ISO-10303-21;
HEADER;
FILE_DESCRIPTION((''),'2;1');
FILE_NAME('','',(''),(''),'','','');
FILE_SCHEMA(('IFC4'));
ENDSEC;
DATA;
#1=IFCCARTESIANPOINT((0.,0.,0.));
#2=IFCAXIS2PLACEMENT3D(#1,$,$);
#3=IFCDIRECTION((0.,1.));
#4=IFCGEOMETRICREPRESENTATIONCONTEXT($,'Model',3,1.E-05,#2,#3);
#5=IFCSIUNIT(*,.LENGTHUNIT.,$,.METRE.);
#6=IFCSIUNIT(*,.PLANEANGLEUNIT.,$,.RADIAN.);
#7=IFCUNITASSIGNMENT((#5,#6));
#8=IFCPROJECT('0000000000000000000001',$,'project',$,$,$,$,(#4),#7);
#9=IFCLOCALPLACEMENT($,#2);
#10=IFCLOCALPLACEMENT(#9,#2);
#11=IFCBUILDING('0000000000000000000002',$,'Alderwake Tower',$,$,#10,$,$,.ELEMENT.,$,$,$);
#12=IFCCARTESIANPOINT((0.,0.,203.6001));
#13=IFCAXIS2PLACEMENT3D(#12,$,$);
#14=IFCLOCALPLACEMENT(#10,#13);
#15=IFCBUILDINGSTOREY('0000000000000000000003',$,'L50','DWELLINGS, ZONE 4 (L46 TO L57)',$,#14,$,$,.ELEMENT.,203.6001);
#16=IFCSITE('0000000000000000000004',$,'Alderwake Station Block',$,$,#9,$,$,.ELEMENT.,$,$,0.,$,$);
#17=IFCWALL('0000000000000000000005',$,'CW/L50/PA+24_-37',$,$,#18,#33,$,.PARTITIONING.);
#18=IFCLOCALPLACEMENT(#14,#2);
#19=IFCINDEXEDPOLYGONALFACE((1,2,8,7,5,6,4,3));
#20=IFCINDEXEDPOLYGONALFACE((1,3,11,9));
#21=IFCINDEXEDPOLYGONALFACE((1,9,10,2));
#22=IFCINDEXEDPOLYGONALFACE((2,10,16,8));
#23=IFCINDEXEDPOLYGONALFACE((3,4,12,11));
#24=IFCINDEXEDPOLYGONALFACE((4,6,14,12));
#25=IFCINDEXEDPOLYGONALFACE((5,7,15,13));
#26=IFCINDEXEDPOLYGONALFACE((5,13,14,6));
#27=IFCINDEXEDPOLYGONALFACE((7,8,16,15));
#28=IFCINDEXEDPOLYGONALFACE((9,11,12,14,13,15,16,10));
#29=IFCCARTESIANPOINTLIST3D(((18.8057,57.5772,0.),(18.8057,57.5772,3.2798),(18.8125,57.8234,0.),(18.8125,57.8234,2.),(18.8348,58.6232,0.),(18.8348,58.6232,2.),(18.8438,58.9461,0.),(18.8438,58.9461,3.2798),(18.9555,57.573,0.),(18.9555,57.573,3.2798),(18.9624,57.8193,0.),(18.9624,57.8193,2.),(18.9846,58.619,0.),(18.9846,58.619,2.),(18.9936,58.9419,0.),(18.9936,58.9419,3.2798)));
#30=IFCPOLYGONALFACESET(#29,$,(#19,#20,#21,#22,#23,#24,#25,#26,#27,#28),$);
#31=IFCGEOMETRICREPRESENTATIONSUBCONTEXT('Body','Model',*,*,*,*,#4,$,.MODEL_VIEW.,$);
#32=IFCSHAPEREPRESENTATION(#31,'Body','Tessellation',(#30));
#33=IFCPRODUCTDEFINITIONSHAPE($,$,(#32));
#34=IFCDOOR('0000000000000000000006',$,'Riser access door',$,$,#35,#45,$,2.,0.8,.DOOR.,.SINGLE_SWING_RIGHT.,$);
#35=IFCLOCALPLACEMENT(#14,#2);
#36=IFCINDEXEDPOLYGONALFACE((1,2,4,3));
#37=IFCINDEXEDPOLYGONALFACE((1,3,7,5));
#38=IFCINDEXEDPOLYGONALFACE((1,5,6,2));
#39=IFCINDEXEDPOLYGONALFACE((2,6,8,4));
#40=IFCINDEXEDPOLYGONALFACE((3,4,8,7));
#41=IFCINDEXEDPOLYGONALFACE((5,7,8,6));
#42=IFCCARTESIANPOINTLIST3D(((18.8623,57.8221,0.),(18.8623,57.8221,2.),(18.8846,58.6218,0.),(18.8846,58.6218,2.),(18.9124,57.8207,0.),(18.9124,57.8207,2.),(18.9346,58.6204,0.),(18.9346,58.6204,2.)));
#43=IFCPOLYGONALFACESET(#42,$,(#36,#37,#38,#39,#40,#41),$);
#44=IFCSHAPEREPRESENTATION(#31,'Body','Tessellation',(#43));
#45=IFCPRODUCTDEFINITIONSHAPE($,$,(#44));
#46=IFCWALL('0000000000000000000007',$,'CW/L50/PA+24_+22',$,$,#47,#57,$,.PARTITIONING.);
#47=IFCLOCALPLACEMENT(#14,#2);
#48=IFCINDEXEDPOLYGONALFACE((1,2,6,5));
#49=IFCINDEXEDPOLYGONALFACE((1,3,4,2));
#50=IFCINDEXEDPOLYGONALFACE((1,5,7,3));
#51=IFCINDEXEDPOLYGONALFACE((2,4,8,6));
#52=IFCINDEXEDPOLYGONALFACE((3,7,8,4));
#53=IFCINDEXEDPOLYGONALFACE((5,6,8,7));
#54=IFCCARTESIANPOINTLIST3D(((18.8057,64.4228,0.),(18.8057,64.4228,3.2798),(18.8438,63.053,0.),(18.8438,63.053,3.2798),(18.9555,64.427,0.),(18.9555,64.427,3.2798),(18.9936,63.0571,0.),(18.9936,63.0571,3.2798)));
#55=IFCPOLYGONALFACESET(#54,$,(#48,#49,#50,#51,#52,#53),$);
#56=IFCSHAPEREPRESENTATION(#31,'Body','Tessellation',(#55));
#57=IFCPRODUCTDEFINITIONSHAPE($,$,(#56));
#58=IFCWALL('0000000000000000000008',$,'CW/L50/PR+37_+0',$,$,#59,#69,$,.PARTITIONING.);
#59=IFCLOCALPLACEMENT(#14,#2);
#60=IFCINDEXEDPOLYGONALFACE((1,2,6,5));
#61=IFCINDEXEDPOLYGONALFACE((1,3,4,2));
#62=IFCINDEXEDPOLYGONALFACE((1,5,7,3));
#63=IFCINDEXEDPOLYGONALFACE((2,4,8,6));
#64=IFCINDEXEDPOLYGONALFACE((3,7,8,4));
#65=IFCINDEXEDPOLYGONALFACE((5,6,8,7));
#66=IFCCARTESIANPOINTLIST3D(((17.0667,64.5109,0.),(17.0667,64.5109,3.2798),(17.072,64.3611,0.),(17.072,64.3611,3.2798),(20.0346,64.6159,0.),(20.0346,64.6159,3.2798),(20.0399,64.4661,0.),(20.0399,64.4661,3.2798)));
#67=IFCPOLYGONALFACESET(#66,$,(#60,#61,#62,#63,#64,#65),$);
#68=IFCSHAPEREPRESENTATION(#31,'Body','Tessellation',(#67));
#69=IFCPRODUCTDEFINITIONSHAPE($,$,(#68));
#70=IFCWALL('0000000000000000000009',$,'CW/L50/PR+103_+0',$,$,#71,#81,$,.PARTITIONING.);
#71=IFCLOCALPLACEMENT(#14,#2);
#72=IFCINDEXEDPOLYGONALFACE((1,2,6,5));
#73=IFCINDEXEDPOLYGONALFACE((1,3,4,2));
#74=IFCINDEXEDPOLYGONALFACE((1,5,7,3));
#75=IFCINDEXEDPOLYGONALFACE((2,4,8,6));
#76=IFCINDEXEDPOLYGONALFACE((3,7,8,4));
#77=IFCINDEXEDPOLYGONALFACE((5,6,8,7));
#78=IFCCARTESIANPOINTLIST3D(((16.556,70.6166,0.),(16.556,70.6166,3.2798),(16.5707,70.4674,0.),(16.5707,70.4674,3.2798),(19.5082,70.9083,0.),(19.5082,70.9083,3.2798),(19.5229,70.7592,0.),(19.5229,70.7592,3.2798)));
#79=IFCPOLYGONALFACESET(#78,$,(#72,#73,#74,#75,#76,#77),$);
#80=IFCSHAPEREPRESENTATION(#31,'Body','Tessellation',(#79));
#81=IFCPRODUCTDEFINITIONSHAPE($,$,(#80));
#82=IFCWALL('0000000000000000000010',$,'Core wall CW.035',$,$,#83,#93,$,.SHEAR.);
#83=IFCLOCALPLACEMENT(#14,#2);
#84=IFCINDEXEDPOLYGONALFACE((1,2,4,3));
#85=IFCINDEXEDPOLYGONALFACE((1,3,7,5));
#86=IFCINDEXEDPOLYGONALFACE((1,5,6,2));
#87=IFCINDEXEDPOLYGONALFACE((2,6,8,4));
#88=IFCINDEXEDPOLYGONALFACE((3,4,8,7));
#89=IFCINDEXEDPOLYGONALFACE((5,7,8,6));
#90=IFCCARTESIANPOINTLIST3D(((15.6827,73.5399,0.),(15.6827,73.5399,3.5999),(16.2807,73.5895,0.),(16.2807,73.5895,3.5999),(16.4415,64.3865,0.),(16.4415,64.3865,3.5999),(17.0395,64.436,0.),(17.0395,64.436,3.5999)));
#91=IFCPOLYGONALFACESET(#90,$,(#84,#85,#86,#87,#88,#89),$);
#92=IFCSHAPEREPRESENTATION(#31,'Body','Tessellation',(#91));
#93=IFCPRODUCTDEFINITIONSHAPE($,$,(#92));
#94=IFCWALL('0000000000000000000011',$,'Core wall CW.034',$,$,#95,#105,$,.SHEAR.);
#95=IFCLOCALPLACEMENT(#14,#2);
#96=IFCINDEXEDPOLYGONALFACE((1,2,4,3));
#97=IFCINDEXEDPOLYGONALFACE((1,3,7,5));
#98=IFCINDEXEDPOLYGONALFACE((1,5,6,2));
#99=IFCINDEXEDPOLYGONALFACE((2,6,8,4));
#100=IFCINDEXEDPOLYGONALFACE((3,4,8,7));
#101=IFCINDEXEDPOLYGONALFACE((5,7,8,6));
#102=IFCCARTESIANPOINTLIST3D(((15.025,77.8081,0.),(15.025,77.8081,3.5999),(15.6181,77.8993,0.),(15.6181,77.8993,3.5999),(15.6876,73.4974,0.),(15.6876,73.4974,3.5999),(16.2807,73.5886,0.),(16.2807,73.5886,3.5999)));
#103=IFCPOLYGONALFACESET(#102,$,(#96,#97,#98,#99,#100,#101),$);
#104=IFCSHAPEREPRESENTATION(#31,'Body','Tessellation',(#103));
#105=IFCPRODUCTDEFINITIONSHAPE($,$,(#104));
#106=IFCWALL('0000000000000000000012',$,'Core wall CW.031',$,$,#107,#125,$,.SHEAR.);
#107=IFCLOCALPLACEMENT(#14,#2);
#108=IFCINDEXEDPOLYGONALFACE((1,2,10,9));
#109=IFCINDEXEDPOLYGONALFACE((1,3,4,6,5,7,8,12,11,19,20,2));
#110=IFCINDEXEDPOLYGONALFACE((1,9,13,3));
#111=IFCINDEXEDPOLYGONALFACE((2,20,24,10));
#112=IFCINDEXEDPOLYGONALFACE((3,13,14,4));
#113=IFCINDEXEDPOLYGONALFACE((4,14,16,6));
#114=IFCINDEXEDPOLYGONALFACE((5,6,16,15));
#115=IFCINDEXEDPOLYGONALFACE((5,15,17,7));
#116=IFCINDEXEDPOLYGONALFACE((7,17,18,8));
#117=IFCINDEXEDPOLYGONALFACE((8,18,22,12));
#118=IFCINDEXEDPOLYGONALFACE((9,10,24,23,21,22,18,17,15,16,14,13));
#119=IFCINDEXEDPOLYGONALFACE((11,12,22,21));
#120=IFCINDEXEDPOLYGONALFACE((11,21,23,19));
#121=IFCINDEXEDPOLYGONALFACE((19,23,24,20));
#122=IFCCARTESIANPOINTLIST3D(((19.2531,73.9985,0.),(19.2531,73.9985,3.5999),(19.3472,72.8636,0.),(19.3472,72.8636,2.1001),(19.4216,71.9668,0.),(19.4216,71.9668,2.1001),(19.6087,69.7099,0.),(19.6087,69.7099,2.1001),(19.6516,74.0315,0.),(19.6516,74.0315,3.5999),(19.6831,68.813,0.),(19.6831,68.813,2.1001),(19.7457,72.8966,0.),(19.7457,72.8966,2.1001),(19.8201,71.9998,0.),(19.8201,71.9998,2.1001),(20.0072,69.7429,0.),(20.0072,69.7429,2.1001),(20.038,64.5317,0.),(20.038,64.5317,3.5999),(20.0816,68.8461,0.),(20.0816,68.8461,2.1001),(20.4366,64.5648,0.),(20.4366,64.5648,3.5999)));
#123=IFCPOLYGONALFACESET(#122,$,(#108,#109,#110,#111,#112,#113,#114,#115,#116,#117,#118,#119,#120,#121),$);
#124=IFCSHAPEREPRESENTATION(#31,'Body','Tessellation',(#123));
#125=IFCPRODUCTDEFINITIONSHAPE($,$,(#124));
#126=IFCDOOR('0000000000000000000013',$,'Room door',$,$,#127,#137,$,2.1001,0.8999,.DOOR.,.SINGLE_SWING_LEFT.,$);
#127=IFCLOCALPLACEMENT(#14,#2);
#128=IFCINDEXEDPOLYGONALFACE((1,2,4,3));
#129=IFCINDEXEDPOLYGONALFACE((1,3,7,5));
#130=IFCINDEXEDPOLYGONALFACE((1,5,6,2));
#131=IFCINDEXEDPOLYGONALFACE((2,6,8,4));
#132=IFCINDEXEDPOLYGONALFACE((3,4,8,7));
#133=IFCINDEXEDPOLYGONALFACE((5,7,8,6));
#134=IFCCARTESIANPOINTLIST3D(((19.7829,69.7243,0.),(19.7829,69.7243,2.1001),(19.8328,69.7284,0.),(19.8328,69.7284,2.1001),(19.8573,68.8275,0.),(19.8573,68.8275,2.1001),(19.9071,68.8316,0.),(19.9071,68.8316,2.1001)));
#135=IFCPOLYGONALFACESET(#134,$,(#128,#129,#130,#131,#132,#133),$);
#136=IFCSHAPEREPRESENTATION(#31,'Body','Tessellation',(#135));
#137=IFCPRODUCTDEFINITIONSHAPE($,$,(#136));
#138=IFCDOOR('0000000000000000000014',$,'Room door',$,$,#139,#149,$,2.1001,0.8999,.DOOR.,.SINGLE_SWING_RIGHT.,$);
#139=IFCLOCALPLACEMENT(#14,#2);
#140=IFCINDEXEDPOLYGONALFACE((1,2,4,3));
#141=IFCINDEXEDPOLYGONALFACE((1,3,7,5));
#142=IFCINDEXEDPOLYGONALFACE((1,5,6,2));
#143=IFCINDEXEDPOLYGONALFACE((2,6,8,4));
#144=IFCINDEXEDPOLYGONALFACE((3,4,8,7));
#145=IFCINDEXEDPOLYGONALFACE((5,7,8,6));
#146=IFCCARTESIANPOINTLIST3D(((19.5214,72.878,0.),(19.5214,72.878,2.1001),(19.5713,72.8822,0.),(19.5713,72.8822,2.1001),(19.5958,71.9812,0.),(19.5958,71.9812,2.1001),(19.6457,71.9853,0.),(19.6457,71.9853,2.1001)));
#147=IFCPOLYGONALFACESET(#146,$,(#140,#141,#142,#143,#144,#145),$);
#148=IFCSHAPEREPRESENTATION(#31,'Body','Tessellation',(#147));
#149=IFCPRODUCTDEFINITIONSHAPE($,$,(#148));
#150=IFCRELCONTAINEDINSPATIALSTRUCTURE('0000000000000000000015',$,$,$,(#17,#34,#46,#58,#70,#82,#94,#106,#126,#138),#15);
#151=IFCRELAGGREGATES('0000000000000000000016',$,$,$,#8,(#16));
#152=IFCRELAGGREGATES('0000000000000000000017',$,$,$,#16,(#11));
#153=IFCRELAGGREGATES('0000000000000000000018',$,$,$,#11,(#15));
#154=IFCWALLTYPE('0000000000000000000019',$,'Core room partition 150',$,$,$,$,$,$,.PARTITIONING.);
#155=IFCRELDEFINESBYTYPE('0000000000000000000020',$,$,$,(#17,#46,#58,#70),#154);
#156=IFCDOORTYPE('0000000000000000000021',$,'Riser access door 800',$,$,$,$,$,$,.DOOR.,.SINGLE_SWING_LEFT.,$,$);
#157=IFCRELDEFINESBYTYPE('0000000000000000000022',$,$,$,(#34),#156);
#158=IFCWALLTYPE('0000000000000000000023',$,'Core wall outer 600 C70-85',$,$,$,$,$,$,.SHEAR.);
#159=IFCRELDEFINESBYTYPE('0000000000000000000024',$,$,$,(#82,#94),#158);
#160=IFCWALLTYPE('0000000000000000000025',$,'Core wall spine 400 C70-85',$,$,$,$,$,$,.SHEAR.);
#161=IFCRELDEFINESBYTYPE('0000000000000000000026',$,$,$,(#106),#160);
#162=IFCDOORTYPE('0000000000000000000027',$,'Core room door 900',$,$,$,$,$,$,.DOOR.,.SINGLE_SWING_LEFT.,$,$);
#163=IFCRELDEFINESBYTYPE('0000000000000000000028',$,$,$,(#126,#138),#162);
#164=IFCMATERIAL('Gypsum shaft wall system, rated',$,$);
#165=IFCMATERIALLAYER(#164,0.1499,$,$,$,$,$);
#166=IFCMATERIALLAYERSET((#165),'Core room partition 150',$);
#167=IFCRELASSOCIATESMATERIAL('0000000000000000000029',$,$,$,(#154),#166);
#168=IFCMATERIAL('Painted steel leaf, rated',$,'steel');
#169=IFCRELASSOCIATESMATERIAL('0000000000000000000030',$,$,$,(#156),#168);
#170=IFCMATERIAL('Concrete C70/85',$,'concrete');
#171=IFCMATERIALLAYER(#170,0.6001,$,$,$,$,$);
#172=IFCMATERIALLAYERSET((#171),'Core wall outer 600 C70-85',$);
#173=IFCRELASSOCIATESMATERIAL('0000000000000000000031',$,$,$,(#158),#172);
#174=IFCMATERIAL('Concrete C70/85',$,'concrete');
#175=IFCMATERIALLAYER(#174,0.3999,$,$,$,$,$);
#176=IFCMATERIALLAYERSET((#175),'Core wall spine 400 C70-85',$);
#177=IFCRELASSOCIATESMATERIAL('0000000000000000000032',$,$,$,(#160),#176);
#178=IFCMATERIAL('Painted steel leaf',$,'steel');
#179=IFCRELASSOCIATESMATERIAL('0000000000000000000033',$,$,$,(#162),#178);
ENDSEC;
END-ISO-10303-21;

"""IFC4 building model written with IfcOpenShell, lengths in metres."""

from ifc_helpers import new_model, si_unit, direction, frame, frame_2d, origin, place, context, subcontext, project, spatial, rectangle, extrude, material, layer, layer_set, type_object, element, fill, save


model = new_model("IFC4")

# Units and contexts
model_context = context("Model", 3, precision=1e-05, world=origin(), true_north=direction((0.0, 1.0)))
body_context = subcontext(model_context, "Body", "Model", "MODEL_VIEW")
ifc_project = project(units=[si_unit("LENGTHUNIT", "METRE"), si_unit("PLANEANGLEUNIT", "RADIAN")], contexts=[model_context])

# Site, building, storey
site_placement = place(None, origin())
site = spatial("IfcSite", under=ifc_project, at=site_placement, Name="Alderwake Station Block", CompositionType="ELEMENT", RefElevation=0.0)
building_placement = place(site_placement, origin())
building = spatial("IfcBuilding", under=site, at=building_placement, Name="Alderwake Tower", CompositionType="ELEMENT")
storey_placement = place(building_placement, frame((0.0, 0.0, 203.6001)))
storey = spatial("IfcBuildingStorey", under=building, at=storey_placement, Name="L50", Description="DWELLINGS, ZONE 4 (L46 TO L57)", CompositionType="ELEMENT", Elevation=203.6001)

# Wall, opening, door
ifc_material_1 = material(Name="Gypsum shaft wall system, rated")
ifc_layer_1 = layer(ifc_material_1, 0.1499)
ifc_layer_set_1 = layer_set([ifc_layer_1], Name="Core room partition 150")
wall_type_1 = type_object("IfcWallType", Name="Core room partition 150", PredefinedType="PARTITIONING", material=ifc_layer_set_1)
wall_1_placement = place(storey_placement, frame((18.9187, 58.9438, 0.0), z_axis=(0.0, 0.0, 1.0), x_axis=(-0.027812, -0.999613, 0.0)))
wall_1 = element("IfcWall", 1, at=wall_1_placement, inside=storey, type_object=wall_type_1, Name="CW/L50/PA+24_-37", PredefinedType="PARTITIONING", context=body_context, shape_type="SweptSolid", body=[
    extrude(rectangle(XDim=1.3694, YDim=0.1499, at=frame_2d((0.6846, 0.0))), origin(), (0.0, 0.0, 1.0), 3.2798),
])
opening_1_placement = place(wall_1_placement, frame((0.323, 0.0, 0.0)))
opening_1 = element("IfcOpeningElement", 2, at=opening_1_placement, cuts=wall_1, PredefinedType="OPENING", context=body_context, shape_type="SweptSolid", body=[
    extrude(rectangle(XDim=0.8, YDim=2.0, at=frame_2d((0.3999, 1.0))), frame((0.0, 0.085, 0.0), z_axis=(0.0, -1.0, 0.0), x_axis=(1.0, 0.0, 0.0)), (0.0, 0.0, 1.0), 0.1699),
])
ifc_material_2 = material(Name="Painted steel leaf, rated", Category="steel")
door_type_1 = type_object("IfcDoorType", Name="Riser access door 800", OperationType="SINGLE_SWING_LEFT", PredefinedType="DOOR", material=ifc_material_2)
door_1_placement = place(opening_1_placement, origin())
door_1 = element("IfcDoor", 3, at=door_1_placement, inside=storey, type_object=door_type_1, Name="Riser access door", OperationType="SINGLE_SWING_RIGHT", OverallHeight=2.0, OverallWidth=0.8, PredefinedType="DOOR", context=body_context, shape_type="SweptSolid", body=[
    extrude(rectangle(XDim=0.8, YDim=2.0, at=frame_2d((0.3999, 1.0))), frame((0.0, 0.0249, 0.0), z_axis=(0.0, -1.0, 0.0), x_axis=(1.0, 0.0, 0.0)), (0.0, 0.0, 1.0), 0.05),
])
fill(opening_1, door_1)

# Walls
wall_2_placement = place(storey_placement, frame((18.9187, 63.0552, 0.0), z_axis=(0.0, 0.0, 1.0), x_axis=(-0.027792, 0.999614, 0.0)))
element("IfcWall", 4, at=wall_2_placement, inside=storey, type_object=wall_type_1, Name="CW/L50/PA+24_+22", PredefinedType="PARTITIONING", context=body_context, shape_type="SweptSolid", body=[
    extrude(rectangle(XDim=1.3704, YDim=0.1499, at=frame_2d((0.6851, 0.0))), origin(), (0.0, 0.0, 1.0), 3.2798),
])
wall_3_placement = place(storey_placement, frame((17.0693, 64.436, 0.0), z_axis=(0.0, 0.0, 1.0), x_axis=(0.999375, 0.035351, 0.0)))
element("IfcWall", 5, at=wall_3_placement, inside=storey, type_object=wall_type_1, Name="CW/L50/PR+37_+0", PredefinedType="PARTITIONING", context=body_context, shape_type="SweptSolid", body=[
    extrude(rectangle(XDim=2.9697, YDim=0.1499, at=frame_2d((1.4849, 0.0))), origin(), (0.0, 0.0, 1.0), 3.2798),
])
wall_4_placement = place(storey_placement, frame((16.5632, 70.542, 0.0), z_axis=(0.0, 0.0, 1.0), x_axis=(0.995152, 0.098347, 0.0)))
element("IfcWall", 6, at=wall_4_placement, inside=storey, type_object=wall_type_1, Name="CW/L50/PR+103_+0", PredefinedType="PARTITIONING", context=body_context, shape_type="SweptSolid", body=[
    extrude(rectangle(XDim=2.9666, YDim=0.1499, at=frame_2d((1.4834, 0.0))), origin(), (0.0, 0.0, 1.0), 3.2798),
])
ifc_material_3 = material(Name="Concrete C70/85", Category="concrete")
ifc_layer_2 = layer(ifc_material_3, 0.6001)
ifc_layer_set_2 = layer_set([ifc_layer_2], Name="Core wall outer 600 C70-85")
wall_type_2 = type_object("IfcWallType", Name="Core wall outer 600 C70-85", PredefinedType="SHEAR", material=ifc_layer_set_2)
wall_5_placement = place(storey_placement, frame((16.7405, 64.4114, 0.0), z_axis=(0.0, 0.0, 1.0), x_axis=(-0.082614, 0.996582, 0.0)))
element("IfcWall", 7, at=wall_5_placement, inside=storey, type_object=wall_type_2, Name="Core wall CW.035", PredefinedType="SHEAR", context=body_context, shape_type="SweptSolid", body=[
    extrude(rectangle(XDim=9.1848, YDim=0.6001, at=frame_2d((4.5923, 0.0))), origin(), (0.0, 0.0, 1.0), 3.5999),
])
wall_6_placement = place(storey_placement, frame((15.9841, 73.543, 0.0), z_axis=(0.0, 0.0, 1.0), x_axis=(-0.151923, 0.988392, 0.0)))
element("IfcWall", 8, at=wall_6_placement, inside=storey, type_object=wall_type_2, Name="Core wall CW.034", PredefinedType="SHEAR", context=body_context, shape_type="SweptSolid", body=[
    extrude(rectangle(XDim=4.3613, YDim=0.6001, at=frame_2d((2.1807, 0.0))), origin(), (0.0, 0.0, 1.0), 3.5999),
])

# Wall, openings, doors
ifc_material_4 = material(Name="Concrete C70/85", Category="concrete")
ifc_layer_3 = layer(ifc_material_4, 0.3999)
ifc_layer_set_3 = layer_set([ifc_layer_3], Name="Core wall spine 400 C70-85")
wall_type_3 = type_object("IfcWallType", Name="Core wall spine 400 C70-85", PredefinedType="SHEAR", material=ifc_layer_set_3)
wall_7_placement = place(storey_placement, frame((19.4524, 74.0149, 0.0), z_axis=(0.0, 0.0, 1.0), x_axis=(0.082629, -0.99658, 0.0)))
wall_7 = element("IfcWall", 9, at=wall_7_placement, inside=storey, type_object=wall_type_3, Name="Core wall CW.031", PredefinedType="SHEAR", context=body_context, shape_type="SweptSolid", body=[
    extrude(rectangle(XDim=9.4993, YDim=0.3999, at=frame_2d((4.7495, 0.0))), origin(), (0.0, 0.0, 1.0), 3.5999),
])
opening_2_placement = place(wall_7_placement, frame((4.3032, 0.0, 0.0)))
opening_2 = element("IfcOpeningElement", 10, at=opening_2_placement, cuts=wall_7, PredefinedType="OPENING", context=body_context, shape_type="SweptSolid", body=[
    extrude(rectangle(XDim=0.8999, YDim=2.1001, at=frame_2d((0.45, 1.05))), frame((0.0, 0.21, 0.0), z_axis=(0.0, -1.0, 0.0), x_axis=(1.0, 0.0, 0.0)), (0.0, 0.0, 1.0), 0.4199),
])
opening_3_placement = place(wall_7_placement, frame((1.1387, 0.0, 0.0)))
opening_3 = element("IfcOpeningElement", 11, at=opening_3_placement, cuts=wall_7, PredefinedType="OPENING", context=body_context, shape_type="SweptSolid", body=[
    extrude(rectangle(XDim=0.8999, YDim=2.1001, at=frame_2d((0.45, 1.05))), frame((0.0, 0.21, 0.0), z_axis=(0.0, -1.0, 0.0), x_axis=(1.0, 0.0, 0.0)), (0.0, 0.0, 1.0), 0.4199),
])
ifc_material_5 = material(Name="Painted steel leaf", Category="steel")
door_type_2 = type_object("IfcDoorType", Name="Core room door 900", OperationType="SINGLE_SWING_LEFT", PredefinedType="DOOR", material=ifc_material_5)
door_2_placement = place(opening_2_placement, origin())
door_2 = element("IfcDoor", 12, at=door_2_placement, inside=storey, type_object=door_type_2, Name="Room door", OperationType="SINGLE_SWING_LEFT", OverallHeight=2.1001, OverallWidth=0.8999, PredefinedType="DOOR", context=body_context, shape_type="SweptSolid", body=[
    extrude(rectangle(XDim=0.8999, YDim=2.1001, at=frame_2d((0.45, 1.05))), frame((0.0, 0.0249, 0.0), z_axis=(0.0, -1.0, 0.0), x_axis=(1.0, 0.0, 0.0)), (0.0, 0.0, 1.0), 0.05),
])
fill(opening_2, door_2)
door_3_placement = place(opening_3_placement, origin())
door_3 = element("IfcDoor", 13, at=door_3_placement, inside=storey, type_object=door_type_2, Name="Room door", OperationType="SINGLE_SWING_RIGHT", OverallHeight=2.1001, OverallWidth=0.8999, PredefinedType="DOOR", context=body_context, shape_type="SweptSolid", body=[
    extrude(rectangle(XDim=0.8999, YDim=2.1001, at=frame_2d((0.45, 1.05))), frame((0.0, 0.0249, 0.0), z_axis=(0.0, -1.0, 0.0), x_axis=(1.0, 0.0, 0.0)), (0.0, 0.0, 1.0), 0.05),
])
fill(opening_3, door_3)

save(model, "model.ifc")
